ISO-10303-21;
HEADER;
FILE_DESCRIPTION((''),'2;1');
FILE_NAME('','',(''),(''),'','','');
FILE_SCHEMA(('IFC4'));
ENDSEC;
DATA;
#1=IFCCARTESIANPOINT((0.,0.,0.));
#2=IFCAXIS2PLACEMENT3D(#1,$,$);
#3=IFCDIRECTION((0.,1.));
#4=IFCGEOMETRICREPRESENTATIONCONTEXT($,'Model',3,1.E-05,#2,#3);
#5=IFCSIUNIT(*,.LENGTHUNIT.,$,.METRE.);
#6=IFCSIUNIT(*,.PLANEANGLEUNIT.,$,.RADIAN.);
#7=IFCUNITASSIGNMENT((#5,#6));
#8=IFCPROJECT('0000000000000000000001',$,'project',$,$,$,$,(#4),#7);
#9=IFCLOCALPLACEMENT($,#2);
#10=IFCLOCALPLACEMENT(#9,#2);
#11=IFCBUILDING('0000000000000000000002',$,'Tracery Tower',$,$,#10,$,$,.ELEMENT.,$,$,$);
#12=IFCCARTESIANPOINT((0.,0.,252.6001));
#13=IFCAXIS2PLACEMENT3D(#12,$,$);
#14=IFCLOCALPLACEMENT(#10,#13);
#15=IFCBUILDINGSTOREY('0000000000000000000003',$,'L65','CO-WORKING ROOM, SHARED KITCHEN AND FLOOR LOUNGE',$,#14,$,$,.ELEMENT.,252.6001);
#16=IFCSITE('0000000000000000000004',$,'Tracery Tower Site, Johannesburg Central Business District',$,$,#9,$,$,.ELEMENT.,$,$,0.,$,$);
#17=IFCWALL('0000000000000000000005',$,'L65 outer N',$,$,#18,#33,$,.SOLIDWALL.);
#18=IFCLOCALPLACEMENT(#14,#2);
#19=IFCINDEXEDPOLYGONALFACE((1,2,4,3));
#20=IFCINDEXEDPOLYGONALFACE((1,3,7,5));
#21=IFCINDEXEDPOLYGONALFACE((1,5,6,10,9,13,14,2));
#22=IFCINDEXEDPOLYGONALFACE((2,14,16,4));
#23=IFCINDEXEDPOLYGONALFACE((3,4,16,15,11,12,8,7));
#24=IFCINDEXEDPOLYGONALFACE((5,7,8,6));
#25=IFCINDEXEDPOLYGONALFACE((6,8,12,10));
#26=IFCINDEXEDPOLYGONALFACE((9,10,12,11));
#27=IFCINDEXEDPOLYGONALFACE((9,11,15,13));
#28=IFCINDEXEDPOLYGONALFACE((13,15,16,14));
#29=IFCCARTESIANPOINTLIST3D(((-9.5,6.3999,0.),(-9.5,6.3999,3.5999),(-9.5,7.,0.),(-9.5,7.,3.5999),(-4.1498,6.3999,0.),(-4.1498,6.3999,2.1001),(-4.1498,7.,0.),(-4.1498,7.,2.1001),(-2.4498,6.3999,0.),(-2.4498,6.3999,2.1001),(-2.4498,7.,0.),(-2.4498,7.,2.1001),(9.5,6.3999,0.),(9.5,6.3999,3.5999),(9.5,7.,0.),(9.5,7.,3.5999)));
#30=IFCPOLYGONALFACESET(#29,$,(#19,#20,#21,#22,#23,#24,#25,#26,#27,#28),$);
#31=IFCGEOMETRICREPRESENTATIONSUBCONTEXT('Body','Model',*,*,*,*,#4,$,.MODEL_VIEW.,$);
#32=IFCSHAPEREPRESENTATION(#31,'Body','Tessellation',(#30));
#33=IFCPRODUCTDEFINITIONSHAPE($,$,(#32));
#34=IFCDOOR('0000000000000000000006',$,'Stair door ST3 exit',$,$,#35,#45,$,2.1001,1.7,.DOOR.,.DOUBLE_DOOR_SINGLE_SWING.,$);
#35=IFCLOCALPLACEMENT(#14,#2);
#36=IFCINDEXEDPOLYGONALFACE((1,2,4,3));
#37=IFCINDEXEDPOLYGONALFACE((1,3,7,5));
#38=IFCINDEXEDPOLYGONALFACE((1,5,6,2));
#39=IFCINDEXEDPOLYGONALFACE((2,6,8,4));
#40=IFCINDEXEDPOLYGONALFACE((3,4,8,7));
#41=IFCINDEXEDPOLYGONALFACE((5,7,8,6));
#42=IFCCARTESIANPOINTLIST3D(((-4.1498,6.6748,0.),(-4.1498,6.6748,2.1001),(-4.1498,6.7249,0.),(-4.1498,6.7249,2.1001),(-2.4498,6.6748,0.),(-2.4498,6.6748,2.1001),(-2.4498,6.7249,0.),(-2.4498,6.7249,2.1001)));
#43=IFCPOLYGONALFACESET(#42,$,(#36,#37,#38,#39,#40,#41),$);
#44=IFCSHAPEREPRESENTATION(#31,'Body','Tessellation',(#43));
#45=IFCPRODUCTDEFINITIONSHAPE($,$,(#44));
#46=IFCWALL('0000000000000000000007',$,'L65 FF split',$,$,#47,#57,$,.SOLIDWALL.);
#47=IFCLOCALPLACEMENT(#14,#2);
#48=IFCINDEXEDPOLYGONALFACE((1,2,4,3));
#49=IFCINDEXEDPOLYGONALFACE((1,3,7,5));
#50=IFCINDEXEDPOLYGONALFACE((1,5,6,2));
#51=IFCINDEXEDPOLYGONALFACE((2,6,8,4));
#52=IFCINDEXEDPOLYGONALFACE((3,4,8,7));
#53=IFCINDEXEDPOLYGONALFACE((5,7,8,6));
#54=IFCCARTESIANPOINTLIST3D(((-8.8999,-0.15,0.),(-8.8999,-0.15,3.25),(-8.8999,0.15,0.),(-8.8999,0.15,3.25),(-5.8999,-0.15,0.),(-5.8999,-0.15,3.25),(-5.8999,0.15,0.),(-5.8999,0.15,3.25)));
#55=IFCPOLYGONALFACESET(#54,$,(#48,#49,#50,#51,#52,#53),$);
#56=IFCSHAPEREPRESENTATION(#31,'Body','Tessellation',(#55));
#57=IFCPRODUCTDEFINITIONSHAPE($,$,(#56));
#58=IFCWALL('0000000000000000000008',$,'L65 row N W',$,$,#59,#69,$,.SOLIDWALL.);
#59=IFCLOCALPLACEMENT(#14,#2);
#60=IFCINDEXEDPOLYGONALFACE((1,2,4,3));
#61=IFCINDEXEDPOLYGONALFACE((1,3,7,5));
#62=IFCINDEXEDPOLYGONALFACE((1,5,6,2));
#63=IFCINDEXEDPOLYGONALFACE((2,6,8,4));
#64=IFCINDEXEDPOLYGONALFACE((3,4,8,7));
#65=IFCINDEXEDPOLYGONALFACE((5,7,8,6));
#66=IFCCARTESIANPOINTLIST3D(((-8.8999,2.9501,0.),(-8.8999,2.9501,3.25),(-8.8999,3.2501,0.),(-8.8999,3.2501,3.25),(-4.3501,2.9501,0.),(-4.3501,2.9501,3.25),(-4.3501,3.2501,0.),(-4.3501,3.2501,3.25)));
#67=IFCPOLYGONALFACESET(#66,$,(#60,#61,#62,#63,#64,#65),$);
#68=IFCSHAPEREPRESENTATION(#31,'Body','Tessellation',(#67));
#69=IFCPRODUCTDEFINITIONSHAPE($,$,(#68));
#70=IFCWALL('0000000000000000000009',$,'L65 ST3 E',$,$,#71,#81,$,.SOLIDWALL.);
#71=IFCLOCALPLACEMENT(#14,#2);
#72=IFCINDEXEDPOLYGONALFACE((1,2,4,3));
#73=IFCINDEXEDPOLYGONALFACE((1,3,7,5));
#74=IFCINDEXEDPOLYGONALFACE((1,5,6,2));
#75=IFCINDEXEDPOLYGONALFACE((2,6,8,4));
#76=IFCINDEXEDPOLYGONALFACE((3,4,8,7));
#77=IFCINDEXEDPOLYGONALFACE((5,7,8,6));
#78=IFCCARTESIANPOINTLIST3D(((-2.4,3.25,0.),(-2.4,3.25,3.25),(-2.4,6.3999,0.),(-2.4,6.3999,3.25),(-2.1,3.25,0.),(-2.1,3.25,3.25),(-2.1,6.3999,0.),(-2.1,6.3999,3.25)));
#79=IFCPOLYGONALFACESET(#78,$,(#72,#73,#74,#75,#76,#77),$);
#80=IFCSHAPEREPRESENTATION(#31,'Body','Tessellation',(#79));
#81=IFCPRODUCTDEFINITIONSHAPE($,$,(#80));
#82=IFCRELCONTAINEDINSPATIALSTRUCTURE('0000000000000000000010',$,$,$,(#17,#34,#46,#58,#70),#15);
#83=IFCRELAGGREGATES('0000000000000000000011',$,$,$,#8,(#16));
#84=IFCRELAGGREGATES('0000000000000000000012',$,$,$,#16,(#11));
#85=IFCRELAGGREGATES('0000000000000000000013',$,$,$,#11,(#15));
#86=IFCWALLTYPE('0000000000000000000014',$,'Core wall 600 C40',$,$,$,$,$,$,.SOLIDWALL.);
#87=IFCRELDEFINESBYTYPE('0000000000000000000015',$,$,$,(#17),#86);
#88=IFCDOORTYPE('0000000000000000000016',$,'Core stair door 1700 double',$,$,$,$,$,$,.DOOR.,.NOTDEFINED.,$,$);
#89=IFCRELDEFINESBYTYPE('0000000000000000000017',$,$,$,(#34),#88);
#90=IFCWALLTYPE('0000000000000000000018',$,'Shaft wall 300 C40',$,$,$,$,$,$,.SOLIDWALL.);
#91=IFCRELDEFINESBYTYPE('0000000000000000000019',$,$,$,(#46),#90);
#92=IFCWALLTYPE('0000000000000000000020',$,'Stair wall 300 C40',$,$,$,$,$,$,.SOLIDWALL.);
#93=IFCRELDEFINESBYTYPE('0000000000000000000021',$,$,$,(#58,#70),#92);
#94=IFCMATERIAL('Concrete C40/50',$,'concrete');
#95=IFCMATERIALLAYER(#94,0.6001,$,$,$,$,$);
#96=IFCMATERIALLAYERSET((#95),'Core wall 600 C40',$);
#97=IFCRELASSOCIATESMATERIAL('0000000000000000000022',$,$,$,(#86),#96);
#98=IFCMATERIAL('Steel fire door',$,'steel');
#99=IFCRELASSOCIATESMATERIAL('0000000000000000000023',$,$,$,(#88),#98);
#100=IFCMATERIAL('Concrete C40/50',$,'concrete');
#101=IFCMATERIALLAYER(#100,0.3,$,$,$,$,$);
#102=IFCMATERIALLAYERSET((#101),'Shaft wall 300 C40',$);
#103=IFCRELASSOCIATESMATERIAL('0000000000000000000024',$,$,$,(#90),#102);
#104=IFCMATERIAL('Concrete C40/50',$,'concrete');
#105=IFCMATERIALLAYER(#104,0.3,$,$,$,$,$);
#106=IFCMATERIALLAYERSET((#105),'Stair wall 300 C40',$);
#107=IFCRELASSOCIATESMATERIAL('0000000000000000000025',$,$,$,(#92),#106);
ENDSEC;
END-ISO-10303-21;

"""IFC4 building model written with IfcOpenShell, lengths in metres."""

from ifc_helpers import new_model, si_unit, direction, frame, frame_2d, origin, place, context, subcontext, project, spatial, rectangle, extrude, material, layer, layer_set, type_object, element, fill, save


model = new_model("IFC4")

# Units and contexts
model_context = context("Model", 3, precision=1e-05, world=origin(), true_north=direction((0.0, 1.0)))
body_context = subcontext(model_context, "Body", "Model", "MODEL_VIEW")
ifc_project = project(units=[si_unit("LENGTHUNIT", "METRE"), si_unit("PLANEANGLEUNIT", "RADIAN")], contexts=[model_context])

# Site, building, storey
site_placement = place(None, origin())
site = spatial("IfcSite", under=ifc_project, at=site_placement, Name="Tracery Tower Site, Johannesburg Central Business District", CompositionType="ELEMENT", RefElevation=0.0)
building_placement = place(site_placement, origin())
building = spatial("IfcBuilding", under=site, at=building_placement, Name="Tracery Tower", CompositionType="ELEMENT")
storey_placement = place(building_placement, frame((0.0, 0.0, 252.6001)))
storey = spatial("IfcBuildingStorey", under=building, at=storey_placement, Name="L65", Description="CO-WORKING ROOM, SHARED KITCHEN AND FLOOR LOUNGE", CompositionType="ELEMENT", Elevation=252.6001)

# Wall, opening, door
ifc_material_1 = material(Name="Concrete C40/50", Category="concrete")
ifc_layer_1 = layer(ifc_material_1, 0.6001)
ifc_layer_set_1 = layer_set([ifc_layer_1], Name="Core wall 600 C40")
wall_type_1 = type_object("IfcWallType", Name="Core wall 600 C40", PredefinedType="SOLIDWALL", material=ifc_layer_set_1)
wall_1_placement = place(storey_placement, frame((-9.5, 6.7, 0.0), z_axis=(0.0, 0.0, 1.0), x_axis=(1.0, 0.0, 0.0)))
wall_1 = element("IfcWall", 1, at=wall_1_placement, inside=storey, type_object=wall_type_1, Name="L65 outer N", PredefinedType="SOLIDWALL", context=body_context, shape_type="SweptSolid", body=[
    extrude(rectangle(XDim=19.0, YDim=0.6001, at=frame_2d((9.5, 0.0))), origin(), (0.0, 0.0, 1.0), 3.5999),
])
opening_1_placement = place(wall_1_placement, frame((5.3501, 0.0, 0.0)))
opening_1 = element("IfcOpeningElement", 2, at=opening_1_placement, cuts=wall_1, PredefinedType="OPENING", context=body_context, shape_type="SweptSolid", body=[
    extrude(rectangle(XDim=1.7, YDim=2.1001, at=frame_2d((0.8501, 1.05))), frame((0.0, 0.3, 0.0), z_axis=(0.0, -1.0, 0.0), x_axis=(1.0, 0.0, 0.0)), (0.0, 0.0, 1.0), 0.6001),
])
ifc_material_2 = material(Name="Steel fire door", Category="steel")
door_type_1 = type_object("IfcDoorType", Name="Core stair door 1700 double", OperationType="NOTDEFINED", PredefinedType="DOOR", material=ifc_material_2)
door_1_placement = place(opening_1_placement, origin())
door_1 = element("IfcDoor", 3, at=door_1_placement, inside=storey, type_object=door_type_1, Name="Stair door ST3 exit", OperationType="DOUBLE_DOOR_SINGLE_SWING", OverallHeight=2.1001, OverallWidth=1.7, PredefinedType="DOOR", context=body_context, shape_type="SweptSolid", body=[
    extrude(rectangle(XDim=1.7, YDim=2.1001, at=frame_2d((0.8501, 1.05))), frame((0.0, 0.0249, 0.0), z_axis=(0.0, -1.0, 0.0), x_axis=(1.0, 0.0, 0.0)), (0.0, 0.0, 1.0), 0.05),
])
fill(opening_1, door_1)

# Walls
ifc_material_3 = material(Name="Concrete C40/50", Category="concrete")
ifc_layer_2 = layer(ifc_material_3, 0.3)
ifc_layer_set_2 = layer_set([ifc_layer_2], Name="Shaft wall 300 C40")
wall_type_2 = type_object("IfcWallType", Name="Shaft wall 300 C40", PredefinedType="SOLIDWALL", material=ifc_layer_set_2)
wall_2_placement = place(storey_placement, frame((-8.8999, 0.0, 0.0), z_axis=(0.0, 0.0, 1.0), x_axis=(1.0, 0.0, 0.0)))
element("IfcWall", 4, at=wall_2_placement, inside=storey, type_object=wall_type_2, Name="L65 FF split", PredefinedType="SOLIDWALL", context=body_context, shape_type="SweptSolid", body=[
    extrude(rectangle(XDim=3.0, YDim=0.3, at=frame_2d((1.5, 0.0))), origin(), (0.0, 0.0, 1.0), 3.25),
])
ifc_material_4 = material(Name="Concrete C40/50", Category="concrete")
ifc_layer_3 = layer(ifc_material_4, 0.3)
ifc_layer_set_3 = layer_set([ifc_layer_3], Name="Stair wall 300 C40")
wall_type_3 = type_object("IfcWallType", Name="Stair wall 300 C40", PredefinedType="SOLIDWALL", material=ifc_layer_set_3)
wall_3_placement = place(storey_placement, frame((-8.8999, 3.1001, 0.0), z_axis=(0.0, 0.0, 1.0), x_axis=(1.0, 0.0, 0.0)))
element("IfcWall", 5, at=wall_3_placement, inside=storey, type_object=wall_type_3, Name="L65 row N W", PredefinedType="SOLIDWALL", context=body_context, shape_type="SweptSolid", body=[
    extrude(rectangle(XDim=4.5498, YDim=0.3, at=frame_2d((2.2749, 0.0))), origin(), (0.0, 0.0, 1.0), 3.25),
])

# Wall
wall_4_placement = place(storey_placement, frame((-2.25, 3.25, 0.0), z_axis=(0.0, 0.0, 1.0), x_axis=(0.0, 1.0, 0.0)))
element("IfcWall", 6, at=wall_4_placement, inside=storey, type_object=wall_type_3, Name="L65 ST3 E", PredefinedType="SOLIDWALL", context=body_context, shape_type="SweptSolid", body=[
    extrude(rectangle(XDim=3.1499, YDim=0.3, at=frame_2d((1.575, 0.0))), origin(), (0.0, 0.0, 1.0), 3.25),
])

save(model, "model.ifc")
